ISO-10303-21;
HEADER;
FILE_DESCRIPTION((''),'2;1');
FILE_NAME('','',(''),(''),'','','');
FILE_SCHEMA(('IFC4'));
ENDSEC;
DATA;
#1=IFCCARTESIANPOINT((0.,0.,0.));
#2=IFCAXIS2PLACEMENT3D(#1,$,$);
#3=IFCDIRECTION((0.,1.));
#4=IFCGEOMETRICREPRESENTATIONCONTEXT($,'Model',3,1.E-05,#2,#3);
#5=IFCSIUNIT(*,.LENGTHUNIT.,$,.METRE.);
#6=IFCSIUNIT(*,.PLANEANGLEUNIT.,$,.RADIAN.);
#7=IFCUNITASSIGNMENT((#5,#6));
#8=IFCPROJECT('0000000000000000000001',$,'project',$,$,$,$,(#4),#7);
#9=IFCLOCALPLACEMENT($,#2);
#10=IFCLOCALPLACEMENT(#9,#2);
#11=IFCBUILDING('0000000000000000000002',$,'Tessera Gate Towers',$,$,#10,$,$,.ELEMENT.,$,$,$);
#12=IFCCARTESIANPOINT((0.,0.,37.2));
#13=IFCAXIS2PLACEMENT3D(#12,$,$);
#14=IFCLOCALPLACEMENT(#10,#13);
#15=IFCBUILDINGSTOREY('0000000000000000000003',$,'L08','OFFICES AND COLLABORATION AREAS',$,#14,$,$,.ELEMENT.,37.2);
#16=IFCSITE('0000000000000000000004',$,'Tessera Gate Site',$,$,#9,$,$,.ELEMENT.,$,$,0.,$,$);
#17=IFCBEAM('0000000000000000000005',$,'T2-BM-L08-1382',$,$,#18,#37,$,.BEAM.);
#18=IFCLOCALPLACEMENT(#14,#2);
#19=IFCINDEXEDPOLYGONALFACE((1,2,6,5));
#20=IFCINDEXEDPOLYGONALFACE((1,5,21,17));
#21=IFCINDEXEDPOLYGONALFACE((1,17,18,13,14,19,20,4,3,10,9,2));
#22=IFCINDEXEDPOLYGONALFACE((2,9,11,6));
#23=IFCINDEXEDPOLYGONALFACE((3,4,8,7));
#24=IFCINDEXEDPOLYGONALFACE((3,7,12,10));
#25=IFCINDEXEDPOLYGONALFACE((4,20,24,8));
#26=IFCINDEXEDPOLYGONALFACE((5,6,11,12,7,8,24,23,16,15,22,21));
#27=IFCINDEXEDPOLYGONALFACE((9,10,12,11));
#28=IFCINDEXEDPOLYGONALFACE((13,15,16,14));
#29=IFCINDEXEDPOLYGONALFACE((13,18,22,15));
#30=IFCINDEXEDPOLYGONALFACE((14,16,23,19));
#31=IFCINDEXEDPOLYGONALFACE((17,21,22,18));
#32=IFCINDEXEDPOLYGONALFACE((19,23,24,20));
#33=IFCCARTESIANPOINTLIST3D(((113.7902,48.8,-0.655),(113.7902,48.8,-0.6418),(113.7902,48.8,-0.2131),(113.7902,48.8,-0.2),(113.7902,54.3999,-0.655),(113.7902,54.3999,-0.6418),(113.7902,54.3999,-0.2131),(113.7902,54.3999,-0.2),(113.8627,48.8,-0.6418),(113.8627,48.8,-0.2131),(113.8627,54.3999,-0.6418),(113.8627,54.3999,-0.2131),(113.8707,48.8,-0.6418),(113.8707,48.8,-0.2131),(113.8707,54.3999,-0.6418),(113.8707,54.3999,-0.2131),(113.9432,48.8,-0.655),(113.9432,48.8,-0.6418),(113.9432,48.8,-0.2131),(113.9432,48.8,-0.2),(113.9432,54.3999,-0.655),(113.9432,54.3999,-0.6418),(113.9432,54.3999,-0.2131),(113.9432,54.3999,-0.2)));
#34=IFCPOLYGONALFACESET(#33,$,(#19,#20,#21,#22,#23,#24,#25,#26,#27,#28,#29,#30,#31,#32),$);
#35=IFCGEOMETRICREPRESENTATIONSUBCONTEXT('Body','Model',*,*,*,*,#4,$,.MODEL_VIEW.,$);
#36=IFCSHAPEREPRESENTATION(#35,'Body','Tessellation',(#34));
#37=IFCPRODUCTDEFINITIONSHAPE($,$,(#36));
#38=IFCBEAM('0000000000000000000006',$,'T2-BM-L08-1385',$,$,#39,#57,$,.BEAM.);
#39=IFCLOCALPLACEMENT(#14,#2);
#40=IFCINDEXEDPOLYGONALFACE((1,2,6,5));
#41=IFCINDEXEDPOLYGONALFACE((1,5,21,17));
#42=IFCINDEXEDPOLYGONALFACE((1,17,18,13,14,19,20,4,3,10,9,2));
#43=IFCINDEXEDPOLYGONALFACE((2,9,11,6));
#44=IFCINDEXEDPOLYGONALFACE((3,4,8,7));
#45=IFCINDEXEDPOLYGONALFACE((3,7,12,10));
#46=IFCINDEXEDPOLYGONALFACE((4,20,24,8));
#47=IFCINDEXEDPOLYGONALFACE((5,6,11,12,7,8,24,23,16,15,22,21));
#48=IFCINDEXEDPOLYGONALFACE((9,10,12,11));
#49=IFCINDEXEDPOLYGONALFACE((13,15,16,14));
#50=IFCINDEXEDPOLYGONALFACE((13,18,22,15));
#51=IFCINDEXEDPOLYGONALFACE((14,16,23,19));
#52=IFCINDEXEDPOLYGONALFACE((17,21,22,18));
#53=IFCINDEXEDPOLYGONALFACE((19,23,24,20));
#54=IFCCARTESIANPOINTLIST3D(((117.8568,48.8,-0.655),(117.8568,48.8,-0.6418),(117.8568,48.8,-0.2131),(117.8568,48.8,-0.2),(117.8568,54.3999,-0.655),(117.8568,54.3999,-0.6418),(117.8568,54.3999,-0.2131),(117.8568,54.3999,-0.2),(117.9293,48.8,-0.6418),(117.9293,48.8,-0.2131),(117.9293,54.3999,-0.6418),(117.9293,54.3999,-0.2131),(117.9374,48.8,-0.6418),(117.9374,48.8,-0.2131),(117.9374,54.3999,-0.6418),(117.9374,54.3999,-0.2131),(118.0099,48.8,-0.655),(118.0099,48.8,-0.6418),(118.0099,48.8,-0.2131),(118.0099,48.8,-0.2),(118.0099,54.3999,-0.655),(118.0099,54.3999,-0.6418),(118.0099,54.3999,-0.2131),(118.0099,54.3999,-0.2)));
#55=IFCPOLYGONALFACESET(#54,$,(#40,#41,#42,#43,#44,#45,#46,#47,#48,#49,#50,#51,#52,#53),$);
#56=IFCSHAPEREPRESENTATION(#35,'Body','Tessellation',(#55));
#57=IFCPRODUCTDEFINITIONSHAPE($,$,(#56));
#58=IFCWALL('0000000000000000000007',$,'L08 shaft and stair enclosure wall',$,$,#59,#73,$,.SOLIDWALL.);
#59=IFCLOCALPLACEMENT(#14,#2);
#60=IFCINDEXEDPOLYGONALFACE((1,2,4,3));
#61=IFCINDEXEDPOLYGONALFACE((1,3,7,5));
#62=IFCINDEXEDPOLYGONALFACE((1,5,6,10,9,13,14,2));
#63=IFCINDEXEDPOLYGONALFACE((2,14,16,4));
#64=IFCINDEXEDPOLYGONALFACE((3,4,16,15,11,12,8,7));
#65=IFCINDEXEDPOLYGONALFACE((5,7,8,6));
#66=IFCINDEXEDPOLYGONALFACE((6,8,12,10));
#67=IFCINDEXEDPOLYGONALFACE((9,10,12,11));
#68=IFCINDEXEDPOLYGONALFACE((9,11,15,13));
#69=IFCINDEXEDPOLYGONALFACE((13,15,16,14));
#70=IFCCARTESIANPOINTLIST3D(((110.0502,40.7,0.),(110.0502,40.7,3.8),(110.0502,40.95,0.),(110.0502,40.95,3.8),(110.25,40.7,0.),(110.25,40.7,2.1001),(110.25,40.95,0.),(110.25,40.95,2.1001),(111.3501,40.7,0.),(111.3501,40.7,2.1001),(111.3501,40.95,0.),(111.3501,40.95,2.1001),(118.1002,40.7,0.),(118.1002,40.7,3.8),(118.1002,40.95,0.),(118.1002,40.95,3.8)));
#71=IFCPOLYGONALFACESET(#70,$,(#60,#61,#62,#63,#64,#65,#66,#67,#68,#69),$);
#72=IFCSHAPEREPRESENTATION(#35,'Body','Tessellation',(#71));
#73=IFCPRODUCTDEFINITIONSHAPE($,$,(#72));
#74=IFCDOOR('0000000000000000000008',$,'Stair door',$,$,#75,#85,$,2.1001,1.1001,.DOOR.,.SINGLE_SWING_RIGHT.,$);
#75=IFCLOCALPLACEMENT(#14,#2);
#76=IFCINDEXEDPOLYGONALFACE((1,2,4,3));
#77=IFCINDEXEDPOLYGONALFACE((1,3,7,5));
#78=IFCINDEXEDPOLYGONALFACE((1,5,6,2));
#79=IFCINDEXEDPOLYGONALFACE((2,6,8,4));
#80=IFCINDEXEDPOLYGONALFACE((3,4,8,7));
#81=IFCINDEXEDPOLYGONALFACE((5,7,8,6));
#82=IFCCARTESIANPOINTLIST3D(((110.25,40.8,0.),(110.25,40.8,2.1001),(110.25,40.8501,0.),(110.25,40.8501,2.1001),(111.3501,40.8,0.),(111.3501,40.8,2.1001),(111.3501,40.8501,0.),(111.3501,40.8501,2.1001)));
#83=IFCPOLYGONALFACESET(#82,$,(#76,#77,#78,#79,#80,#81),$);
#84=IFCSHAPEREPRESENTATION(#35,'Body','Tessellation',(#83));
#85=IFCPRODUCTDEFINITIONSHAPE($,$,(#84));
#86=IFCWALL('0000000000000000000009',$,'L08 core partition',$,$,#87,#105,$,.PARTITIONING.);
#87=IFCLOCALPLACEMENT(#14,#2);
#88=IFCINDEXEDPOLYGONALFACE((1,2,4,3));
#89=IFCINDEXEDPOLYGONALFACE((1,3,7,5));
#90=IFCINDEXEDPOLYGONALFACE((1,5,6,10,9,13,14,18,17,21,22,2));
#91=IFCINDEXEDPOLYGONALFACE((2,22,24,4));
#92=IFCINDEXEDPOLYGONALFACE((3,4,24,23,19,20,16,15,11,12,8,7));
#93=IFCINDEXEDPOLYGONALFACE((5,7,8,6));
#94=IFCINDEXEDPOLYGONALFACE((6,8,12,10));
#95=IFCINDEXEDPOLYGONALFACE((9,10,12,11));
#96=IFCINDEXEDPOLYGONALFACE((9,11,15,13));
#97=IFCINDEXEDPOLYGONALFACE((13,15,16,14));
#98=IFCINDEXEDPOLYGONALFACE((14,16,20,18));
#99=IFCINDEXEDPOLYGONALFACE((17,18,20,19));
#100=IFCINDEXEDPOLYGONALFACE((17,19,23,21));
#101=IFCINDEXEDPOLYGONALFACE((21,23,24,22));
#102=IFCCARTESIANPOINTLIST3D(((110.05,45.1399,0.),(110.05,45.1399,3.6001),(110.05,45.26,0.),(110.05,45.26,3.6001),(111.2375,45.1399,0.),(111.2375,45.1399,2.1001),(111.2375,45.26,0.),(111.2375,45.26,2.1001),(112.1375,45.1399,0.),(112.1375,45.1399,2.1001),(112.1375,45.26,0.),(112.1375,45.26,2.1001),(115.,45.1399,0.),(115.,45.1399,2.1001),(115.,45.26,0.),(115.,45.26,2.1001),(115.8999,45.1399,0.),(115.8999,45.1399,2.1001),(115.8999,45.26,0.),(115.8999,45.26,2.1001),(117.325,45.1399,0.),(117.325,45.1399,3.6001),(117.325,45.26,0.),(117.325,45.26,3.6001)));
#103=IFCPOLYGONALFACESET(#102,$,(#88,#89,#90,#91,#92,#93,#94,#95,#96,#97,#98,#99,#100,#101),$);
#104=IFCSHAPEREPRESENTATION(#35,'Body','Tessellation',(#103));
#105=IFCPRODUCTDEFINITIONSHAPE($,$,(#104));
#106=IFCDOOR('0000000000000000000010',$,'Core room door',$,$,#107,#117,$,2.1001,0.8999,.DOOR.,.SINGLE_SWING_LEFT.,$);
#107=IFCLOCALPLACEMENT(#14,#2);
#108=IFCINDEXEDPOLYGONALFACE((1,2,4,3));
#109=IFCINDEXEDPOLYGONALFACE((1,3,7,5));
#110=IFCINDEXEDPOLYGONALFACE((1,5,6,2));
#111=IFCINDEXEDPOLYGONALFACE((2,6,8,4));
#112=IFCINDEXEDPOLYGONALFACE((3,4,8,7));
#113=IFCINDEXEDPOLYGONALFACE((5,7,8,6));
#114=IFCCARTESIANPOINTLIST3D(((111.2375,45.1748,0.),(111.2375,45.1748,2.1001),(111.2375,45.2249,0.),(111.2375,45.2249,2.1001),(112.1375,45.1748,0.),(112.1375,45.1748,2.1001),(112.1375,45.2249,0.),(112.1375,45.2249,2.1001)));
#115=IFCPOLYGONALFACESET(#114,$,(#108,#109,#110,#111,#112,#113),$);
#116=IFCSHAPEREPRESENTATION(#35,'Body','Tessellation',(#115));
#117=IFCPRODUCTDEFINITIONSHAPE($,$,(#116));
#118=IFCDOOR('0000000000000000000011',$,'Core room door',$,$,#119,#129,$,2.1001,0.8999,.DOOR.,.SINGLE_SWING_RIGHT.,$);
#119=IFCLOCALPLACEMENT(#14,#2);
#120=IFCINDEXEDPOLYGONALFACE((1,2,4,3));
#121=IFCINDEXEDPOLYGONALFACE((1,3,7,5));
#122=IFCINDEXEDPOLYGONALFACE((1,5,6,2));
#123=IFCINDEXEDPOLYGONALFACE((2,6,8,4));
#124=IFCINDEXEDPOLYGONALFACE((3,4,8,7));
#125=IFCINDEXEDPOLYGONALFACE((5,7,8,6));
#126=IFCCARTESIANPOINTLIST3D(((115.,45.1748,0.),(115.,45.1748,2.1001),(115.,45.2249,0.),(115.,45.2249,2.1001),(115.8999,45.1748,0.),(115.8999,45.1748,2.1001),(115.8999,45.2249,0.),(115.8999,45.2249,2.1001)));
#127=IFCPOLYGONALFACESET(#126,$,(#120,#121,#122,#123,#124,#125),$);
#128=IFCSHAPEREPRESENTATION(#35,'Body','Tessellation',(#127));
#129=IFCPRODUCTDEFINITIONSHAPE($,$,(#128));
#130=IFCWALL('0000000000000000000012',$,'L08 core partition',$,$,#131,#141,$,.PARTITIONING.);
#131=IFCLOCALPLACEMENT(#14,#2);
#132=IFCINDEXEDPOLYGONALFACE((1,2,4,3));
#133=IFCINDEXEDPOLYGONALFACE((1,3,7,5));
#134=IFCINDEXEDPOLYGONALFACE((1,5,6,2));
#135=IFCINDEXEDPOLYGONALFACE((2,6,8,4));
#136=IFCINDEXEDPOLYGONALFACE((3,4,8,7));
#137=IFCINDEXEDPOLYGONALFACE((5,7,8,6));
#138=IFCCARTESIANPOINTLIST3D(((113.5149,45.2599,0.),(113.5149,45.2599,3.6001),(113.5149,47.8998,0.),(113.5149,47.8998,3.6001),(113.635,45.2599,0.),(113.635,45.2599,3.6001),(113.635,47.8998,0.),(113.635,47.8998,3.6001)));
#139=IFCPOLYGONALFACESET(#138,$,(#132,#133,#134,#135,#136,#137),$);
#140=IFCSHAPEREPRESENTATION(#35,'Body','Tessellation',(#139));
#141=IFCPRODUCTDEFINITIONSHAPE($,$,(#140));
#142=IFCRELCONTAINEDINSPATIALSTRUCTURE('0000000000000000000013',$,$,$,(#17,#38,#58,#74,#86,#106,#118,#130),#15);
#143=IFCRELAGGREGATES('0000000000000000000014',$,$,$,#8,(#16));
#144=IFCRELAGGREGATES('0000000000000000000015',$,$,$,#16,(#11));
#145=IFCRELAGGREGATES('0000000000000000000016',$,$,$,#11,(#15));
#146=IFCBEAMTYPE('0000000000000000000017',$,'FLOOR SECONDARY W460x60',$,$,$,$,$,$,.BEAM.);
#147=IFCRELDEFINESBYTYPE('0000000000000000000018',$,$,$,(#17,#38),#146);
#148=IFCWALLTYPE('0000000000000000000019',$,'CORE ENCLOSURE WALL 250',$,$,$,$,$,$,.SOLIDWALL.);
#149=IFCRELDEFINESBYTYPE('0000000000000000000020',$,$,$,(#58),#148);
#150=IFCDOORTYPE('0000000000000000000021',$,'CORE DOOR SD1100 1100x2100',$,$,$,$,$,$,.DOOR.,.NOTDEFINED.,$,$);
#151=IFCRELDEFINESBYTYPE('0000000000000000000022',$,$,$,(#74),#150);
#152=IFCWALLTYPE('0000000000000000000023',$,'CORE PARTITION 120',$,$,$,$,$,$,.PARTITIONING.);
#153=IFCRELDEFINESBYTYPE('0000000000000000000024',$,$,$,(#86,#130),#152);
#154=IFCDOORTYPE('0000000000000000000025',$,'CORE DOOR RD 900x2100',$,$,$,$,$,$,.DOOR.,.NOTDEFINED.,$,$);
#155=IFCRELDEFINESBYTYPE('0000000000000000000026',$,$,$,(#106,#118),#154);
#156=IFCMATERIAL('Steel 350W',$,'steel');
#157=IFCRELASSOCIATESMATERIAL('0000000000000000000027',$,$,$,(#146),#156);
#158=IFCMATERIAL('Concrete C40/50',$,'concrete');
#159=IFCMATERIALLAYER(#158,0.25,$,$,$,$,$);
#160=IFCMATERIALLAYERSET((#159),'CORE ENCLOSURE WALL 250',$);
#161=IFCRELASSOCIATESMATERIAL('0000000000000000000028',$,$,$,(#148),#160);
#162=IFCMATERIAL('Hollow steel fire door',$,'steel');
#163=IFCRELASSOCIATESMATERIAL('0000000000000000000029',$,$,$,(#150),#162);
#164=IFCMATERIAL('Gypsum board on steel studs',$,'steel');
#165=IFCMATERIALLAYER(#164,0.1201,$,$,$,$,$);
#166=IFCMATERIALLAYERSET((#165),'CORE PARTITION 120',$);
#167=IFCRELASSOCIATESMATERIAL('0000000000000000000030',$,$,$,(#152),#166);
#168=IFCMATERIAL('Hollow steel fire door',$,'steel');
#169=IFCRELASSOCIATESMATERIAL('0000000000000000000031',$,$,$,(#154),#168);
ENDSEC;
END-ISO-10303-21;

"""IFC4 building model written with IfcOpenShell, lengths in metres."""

from ifc_helpers import new_model, si_unit, direction, frame, frame_2d, origin, origin_2d, place, context, subcontext, project, spatial, rectangle, i_section, extrude, source, transform, mapped, material, layer, layer_set, material_profile, profile_set, type_object, element, fill, save


model = new_model("IFC4")

# Units and contexts
model_context = context("Model", 3, precision=1e-05, world=origin(), true_north=direction((0.0, 1.0)))
body_context = subcontext(model_context, "Body", "Model", "MODEL_VIEW")
ifc_project = project(units=[si_unit("LENGTHUNIT", "METRE"), si_unit("PLANEANGLEUNIT", "RADIAN")], contexts=[model_context])

# Site, building, storey
site_placement = place(None, origin())
site = spatial("IfcSite", under=ifc_project, at=site_placement, Name="Tessera Gate Site", CompositionType="ELEMENT", RefElevation=0.0)
building_placement = place(site_placement, origin())
building = spatial("IfcBuilding", under=site, at=building_placement, Name="Tessera Gate Towers", CompositionType="ELEMENT")
storey_placement = place(building_placement, frame((0.0, 0.0, 37.2)))
storey = spatial("IfcBuildingStorey", under=building, at=storey_placement, Name="L08", Description="OFFICES AND COLLABORATION AREAS", CompositionType="ELEMENT", Elevation=37.2)

# Beams
ifc_material_1 = material(Name="Steel 350W", Category="steel")
ifc_material_profile = material_profile(ifc_material_1, i_section(OverallWidth=0.1531, OverallDepth=0.4551, WebThickness=0.0081, FlangeThickness=0.0132, at=origin_2d()), Name="W460x60")
ifc_profile_set = profile_set([ifc_material_profile], Name="Steel 350W")
beam_type = type_object("IfcBeamType", Name="FLOOR SECONDARY W460x60", PredefinedType="BEAM", material=ifc_profile_set)
for number, where, z_axis, x_axis, name in (
    (1, (113.8667, 48.8, -0.4275), (0.0, 1.0, 0.0), (-1.0, 0.0, 0.0), "T2-BM-L08-1382"),
    (2, (117.9333, 48.8, -0.4275), (0.0, 1.0, 0.0), (-1.0, 0.0, 0.0), "T2-BM-L08-1385"),
):
    element("IfcBeam", number, at=place(storey_placement, frame(where, z_axis=z_axis, x_axis=x_axis)), inside=storey, type_object=beam_type, Name=name, PredefinedType="BEAM", context=body_context, shape_type="SweptSolid", body=[
        extrude(i_section(OverallWidth=0.1531, OverallDepth=0.4551, WebThickness=0.0081, FlangeThickness=0.0132, at=origin_2d()), origin(), (0.0, 0.0, 1.0), 5.5999),
    ])

# Wall, opening, door
ifc_material_2 = material(Name="Concrete C40/50", Category="concrete")
ifc_layer_1 = layer(ifc_material_2, 0.25)
ifc_layer_set_1 = layer_set([ifc_layer_1], Name="CORE ENCLOSURE WALL 250")
wall_type_1 = type_object("IfcWallType", Name="CORE ENCLOSURE WALL 250", PredefinedType="SOLIDWALL", material=ifc_layer_set_1)
wall_1_placement = place(storey_placement, frame((118.1001, 40.825, 0.0), z_axis=(0.0, 0.0, 1.0), x_axis=(-1.0, 0.0, 0.0)))
wall_1 = element("IfcWall", 3, at=wall_1_placement, inside=storey, type_object=wall_type_1, Name="L08 shaft and stair enclosure wall", PredefinedType="SOLIDWALL", context=body_context, shape_type="SweptSolid", body=[
    extrude(rectangle(XDim=8.05, YDim=0.25, at=frame_2d((4.0249, 0.0))), origin(), (0.0, 0.0, 1.0), 3.8),
])
shared_shape_1 = source(origin(), body_context, "Body", "SweptSolid", [
    extrude(rectangle(XDim=1.1001, YDim=2.1001, at=frame_2d((0.55, 1.05))), frame((0.0, 0.135, 0.0), z_axis=(0.0, -1.0, 0.0), x_axis=(1.0, 0.0, 0.0)), (0.0, 0.0, 1.0), 0.27),
])
opening_1_placement = place(wall_1_placement, frame((6.75, 0.0, 0.0)))
opening_1 = element("IfcOpeningElement", 4, at=opening_1_placement, cuts=wall_1, PredefinedType="OPENING", context=body_context, shape_type="MappedRepresentation", body=[
    mapped(shared_shape_1, transform((0.0, 0.0, 0.0), scale=1.0)),
])
ifc_material_3 = material(Name="Hollow steel fire door", Category="steel")
door_type_1 = type_object("IfcDoorType", Name="CORE DOOR SD1100 1100x2100", OperationType="NOTDEFINED", PredefinedType="DOOR", material=ifc_material_3)
shared_shape_2 = source(origin(), body_context, "Body", "SweptSolid", [
    extrude(rectangle(XDim=1.1001, YDim=2.1001, at=frame_2d((0.55, 1.05))), frame((0.0, 0.0249, 0.0), z_axis=(0.0, -1.0, 0.0), x_axis=(1.0, 0.0, 0.0)), (0.0, 0.0, 1.0), 0.05),
])
door_1_placement = place(opening_1_placement, origin())
door_1 = element("IfcDoor", 5, at=door_1_placement, inside=storey, type_object=door_type_1, Name="Stair door", OperationType="SINGLE_SWING_RIGHT", OverallHeight=2.1001, OverallWidth=1.1001, PredefinedType="DOOR", context=body_context, shape_type="MappedRepresentation", body=[
    mapped(shared_shape_2, transform((0.0, 0.0, 0.0), scale=1.0)),
])
fill(opening_1, door_1)

# Wall, openings, doors
ifc_material_4 = material(Name="Gypsum board on steel studs", Category="steel")
ifc_layer_2 = layer(ifc_material_4, 0.1201)
ifc_layer_set_2 = layer_set([ifc_layer_2], Name="CORE PARTITION 120")
wall_type_2 = type_object("IfcWallType", Name="CORE PARTITION 120", PredefinedType="PARTITIONING", material=ifc_layer_set_2)
wall_2_placement = place(storey_placement, frame((110.05, 45.2, 0.0), z_axis=(0.0, 0.0, 1.0), x_axis=(1.0, 0.0, 0.0)))
wall_2 = element("IfcWall", 6, at=wall_2_placement, inside=storey, type_object=wall_type_2, Name="L08 core partition", PredefinedType="PARTITIONING", context=body_context, shape_type="SweptSolid", body=[
    extrude(rectangle(XDim=7.2749, YDim=0.1201, at=frame_2d((3.6375, 0.0))), origin(), (0.0, 0.0, 1.0), 3.6001),
])
shared_shape_3 = source(origin(), body_context, "Body", "SweptSolid", [
    extrude(rectangle(XDim=0.8999, YDim=2.1001, at=frame_2d((0.45, 1.05))), frame((0.0, 0.0701, 0.0), z_axis=(0.0, -1.0, 0.0), x_axis=(1.0, 0.0, 0.0)), (0.0, 0.0, 1.0), 0.1401),
])
opening_2_placement = place(wall_2_placement, frame((1.1875, 0.0, 0.0)))
opening_2 = element("IfcOpeningElement", 7, at=opening_2_placement, cuts=wall_2, PredefinedType="OPENING", context=body_context, shape_type="MappedRepresentation", body=[
    mapped(shared_shape_3, transform((0.0, 0.0, 0.0), scale=1.0)),
])
opening_3_placement = place(wall_2_placement, frame((4.95, 0.0, 0.0)))
opening_3 = element("IfcOpeningElement", 8, at=opening_3_placement, cuts=wall_2, PredefinedType="OPENING", context=body_context, shape_type="MappedRepresentation", body=[
    mapped(shared_shape_3, transform((0.0, 0.0, 0.0), scale=1.0)),
])
ifc_material_5 = material(Name="Hollow steel fire door", Category="steel")
door_type_2 = type_object("IfcDoorType", Name="CORE DOOR RD 900x2100", OperationType="NOTDEFINED", PredefinedType="DOOR", material=ifc_material_5)
shared_shape_4 = source(origin(), body_context, "Body", "SweptSolid", [
    extrude(rectangle(XDim=0.8999, YDim=2.1001, at=frame_2d((0.45, 1.05))), frame((0.0, 0.0249, 0.0), z_axis=(0.0, -1.0, 0.0), x_axis=(1.0, 0.0, 0.0)), (0.0, 0.0, 1.0), 0.05),
])
door_2_placement = place(opening_2_placement, origin())
door_2 = element("IfcDoor", 9, at=door_2_placement, inside=storey, type_object=door_type_2, Name="Core room door", OperationType="SINGLE_SWING_LEFT", OverallHeight=2.1001, OverallWidth=0.8999, PredefinedType="DOOR", context=body_context, shape_type="MappedRepresentation", body=[
    mapped(shared_shape_4, transform((0.0, 0.0, 0.0), scale=1.0)),
])
fill(opening_2, door_2)
door_3_placement = place(opening_3_placement, origin())
door_3 = element("IfcDoor", 10, at=door_3_placement, inside=storey, type_object=door_type_2, Name="Core room door", OperationType="SINGLE_SWING_RIGHT", OverallHeight=2.1001, OverallWidth=0.8999, PredefinedType="DOOR", context=body_context, shape_type="MappedRepresentation", body=[
    mapped(shared_shape_4, transform((0.0, 0.0, 0.0), scale=1.0)),
])
fill(opening_3, door_3)

# Wall
wall_3_placement = place(storey_placement, frame((113.575, 45.26, 0.0), z_axis=(0.0, 0.0, 1.0), x_axis=(0.0, 1.0, 0.0)))
element("IfcWall", 11, at=wall_3_placement, inside=storey, type_object=wall_type_2, Name="L08 core partition", PredefinedType="PARTITIONING", context=body_context, shape_type="SweptSolid", body=[
    extrude(rectangle(XDim=2.6399, YDim=0.1201, at=frame_2d((1.3198, 0.0))), origin(), (0.0, 0.0, 1.0), 3.6001),
])

save(model, "model.ifc")
